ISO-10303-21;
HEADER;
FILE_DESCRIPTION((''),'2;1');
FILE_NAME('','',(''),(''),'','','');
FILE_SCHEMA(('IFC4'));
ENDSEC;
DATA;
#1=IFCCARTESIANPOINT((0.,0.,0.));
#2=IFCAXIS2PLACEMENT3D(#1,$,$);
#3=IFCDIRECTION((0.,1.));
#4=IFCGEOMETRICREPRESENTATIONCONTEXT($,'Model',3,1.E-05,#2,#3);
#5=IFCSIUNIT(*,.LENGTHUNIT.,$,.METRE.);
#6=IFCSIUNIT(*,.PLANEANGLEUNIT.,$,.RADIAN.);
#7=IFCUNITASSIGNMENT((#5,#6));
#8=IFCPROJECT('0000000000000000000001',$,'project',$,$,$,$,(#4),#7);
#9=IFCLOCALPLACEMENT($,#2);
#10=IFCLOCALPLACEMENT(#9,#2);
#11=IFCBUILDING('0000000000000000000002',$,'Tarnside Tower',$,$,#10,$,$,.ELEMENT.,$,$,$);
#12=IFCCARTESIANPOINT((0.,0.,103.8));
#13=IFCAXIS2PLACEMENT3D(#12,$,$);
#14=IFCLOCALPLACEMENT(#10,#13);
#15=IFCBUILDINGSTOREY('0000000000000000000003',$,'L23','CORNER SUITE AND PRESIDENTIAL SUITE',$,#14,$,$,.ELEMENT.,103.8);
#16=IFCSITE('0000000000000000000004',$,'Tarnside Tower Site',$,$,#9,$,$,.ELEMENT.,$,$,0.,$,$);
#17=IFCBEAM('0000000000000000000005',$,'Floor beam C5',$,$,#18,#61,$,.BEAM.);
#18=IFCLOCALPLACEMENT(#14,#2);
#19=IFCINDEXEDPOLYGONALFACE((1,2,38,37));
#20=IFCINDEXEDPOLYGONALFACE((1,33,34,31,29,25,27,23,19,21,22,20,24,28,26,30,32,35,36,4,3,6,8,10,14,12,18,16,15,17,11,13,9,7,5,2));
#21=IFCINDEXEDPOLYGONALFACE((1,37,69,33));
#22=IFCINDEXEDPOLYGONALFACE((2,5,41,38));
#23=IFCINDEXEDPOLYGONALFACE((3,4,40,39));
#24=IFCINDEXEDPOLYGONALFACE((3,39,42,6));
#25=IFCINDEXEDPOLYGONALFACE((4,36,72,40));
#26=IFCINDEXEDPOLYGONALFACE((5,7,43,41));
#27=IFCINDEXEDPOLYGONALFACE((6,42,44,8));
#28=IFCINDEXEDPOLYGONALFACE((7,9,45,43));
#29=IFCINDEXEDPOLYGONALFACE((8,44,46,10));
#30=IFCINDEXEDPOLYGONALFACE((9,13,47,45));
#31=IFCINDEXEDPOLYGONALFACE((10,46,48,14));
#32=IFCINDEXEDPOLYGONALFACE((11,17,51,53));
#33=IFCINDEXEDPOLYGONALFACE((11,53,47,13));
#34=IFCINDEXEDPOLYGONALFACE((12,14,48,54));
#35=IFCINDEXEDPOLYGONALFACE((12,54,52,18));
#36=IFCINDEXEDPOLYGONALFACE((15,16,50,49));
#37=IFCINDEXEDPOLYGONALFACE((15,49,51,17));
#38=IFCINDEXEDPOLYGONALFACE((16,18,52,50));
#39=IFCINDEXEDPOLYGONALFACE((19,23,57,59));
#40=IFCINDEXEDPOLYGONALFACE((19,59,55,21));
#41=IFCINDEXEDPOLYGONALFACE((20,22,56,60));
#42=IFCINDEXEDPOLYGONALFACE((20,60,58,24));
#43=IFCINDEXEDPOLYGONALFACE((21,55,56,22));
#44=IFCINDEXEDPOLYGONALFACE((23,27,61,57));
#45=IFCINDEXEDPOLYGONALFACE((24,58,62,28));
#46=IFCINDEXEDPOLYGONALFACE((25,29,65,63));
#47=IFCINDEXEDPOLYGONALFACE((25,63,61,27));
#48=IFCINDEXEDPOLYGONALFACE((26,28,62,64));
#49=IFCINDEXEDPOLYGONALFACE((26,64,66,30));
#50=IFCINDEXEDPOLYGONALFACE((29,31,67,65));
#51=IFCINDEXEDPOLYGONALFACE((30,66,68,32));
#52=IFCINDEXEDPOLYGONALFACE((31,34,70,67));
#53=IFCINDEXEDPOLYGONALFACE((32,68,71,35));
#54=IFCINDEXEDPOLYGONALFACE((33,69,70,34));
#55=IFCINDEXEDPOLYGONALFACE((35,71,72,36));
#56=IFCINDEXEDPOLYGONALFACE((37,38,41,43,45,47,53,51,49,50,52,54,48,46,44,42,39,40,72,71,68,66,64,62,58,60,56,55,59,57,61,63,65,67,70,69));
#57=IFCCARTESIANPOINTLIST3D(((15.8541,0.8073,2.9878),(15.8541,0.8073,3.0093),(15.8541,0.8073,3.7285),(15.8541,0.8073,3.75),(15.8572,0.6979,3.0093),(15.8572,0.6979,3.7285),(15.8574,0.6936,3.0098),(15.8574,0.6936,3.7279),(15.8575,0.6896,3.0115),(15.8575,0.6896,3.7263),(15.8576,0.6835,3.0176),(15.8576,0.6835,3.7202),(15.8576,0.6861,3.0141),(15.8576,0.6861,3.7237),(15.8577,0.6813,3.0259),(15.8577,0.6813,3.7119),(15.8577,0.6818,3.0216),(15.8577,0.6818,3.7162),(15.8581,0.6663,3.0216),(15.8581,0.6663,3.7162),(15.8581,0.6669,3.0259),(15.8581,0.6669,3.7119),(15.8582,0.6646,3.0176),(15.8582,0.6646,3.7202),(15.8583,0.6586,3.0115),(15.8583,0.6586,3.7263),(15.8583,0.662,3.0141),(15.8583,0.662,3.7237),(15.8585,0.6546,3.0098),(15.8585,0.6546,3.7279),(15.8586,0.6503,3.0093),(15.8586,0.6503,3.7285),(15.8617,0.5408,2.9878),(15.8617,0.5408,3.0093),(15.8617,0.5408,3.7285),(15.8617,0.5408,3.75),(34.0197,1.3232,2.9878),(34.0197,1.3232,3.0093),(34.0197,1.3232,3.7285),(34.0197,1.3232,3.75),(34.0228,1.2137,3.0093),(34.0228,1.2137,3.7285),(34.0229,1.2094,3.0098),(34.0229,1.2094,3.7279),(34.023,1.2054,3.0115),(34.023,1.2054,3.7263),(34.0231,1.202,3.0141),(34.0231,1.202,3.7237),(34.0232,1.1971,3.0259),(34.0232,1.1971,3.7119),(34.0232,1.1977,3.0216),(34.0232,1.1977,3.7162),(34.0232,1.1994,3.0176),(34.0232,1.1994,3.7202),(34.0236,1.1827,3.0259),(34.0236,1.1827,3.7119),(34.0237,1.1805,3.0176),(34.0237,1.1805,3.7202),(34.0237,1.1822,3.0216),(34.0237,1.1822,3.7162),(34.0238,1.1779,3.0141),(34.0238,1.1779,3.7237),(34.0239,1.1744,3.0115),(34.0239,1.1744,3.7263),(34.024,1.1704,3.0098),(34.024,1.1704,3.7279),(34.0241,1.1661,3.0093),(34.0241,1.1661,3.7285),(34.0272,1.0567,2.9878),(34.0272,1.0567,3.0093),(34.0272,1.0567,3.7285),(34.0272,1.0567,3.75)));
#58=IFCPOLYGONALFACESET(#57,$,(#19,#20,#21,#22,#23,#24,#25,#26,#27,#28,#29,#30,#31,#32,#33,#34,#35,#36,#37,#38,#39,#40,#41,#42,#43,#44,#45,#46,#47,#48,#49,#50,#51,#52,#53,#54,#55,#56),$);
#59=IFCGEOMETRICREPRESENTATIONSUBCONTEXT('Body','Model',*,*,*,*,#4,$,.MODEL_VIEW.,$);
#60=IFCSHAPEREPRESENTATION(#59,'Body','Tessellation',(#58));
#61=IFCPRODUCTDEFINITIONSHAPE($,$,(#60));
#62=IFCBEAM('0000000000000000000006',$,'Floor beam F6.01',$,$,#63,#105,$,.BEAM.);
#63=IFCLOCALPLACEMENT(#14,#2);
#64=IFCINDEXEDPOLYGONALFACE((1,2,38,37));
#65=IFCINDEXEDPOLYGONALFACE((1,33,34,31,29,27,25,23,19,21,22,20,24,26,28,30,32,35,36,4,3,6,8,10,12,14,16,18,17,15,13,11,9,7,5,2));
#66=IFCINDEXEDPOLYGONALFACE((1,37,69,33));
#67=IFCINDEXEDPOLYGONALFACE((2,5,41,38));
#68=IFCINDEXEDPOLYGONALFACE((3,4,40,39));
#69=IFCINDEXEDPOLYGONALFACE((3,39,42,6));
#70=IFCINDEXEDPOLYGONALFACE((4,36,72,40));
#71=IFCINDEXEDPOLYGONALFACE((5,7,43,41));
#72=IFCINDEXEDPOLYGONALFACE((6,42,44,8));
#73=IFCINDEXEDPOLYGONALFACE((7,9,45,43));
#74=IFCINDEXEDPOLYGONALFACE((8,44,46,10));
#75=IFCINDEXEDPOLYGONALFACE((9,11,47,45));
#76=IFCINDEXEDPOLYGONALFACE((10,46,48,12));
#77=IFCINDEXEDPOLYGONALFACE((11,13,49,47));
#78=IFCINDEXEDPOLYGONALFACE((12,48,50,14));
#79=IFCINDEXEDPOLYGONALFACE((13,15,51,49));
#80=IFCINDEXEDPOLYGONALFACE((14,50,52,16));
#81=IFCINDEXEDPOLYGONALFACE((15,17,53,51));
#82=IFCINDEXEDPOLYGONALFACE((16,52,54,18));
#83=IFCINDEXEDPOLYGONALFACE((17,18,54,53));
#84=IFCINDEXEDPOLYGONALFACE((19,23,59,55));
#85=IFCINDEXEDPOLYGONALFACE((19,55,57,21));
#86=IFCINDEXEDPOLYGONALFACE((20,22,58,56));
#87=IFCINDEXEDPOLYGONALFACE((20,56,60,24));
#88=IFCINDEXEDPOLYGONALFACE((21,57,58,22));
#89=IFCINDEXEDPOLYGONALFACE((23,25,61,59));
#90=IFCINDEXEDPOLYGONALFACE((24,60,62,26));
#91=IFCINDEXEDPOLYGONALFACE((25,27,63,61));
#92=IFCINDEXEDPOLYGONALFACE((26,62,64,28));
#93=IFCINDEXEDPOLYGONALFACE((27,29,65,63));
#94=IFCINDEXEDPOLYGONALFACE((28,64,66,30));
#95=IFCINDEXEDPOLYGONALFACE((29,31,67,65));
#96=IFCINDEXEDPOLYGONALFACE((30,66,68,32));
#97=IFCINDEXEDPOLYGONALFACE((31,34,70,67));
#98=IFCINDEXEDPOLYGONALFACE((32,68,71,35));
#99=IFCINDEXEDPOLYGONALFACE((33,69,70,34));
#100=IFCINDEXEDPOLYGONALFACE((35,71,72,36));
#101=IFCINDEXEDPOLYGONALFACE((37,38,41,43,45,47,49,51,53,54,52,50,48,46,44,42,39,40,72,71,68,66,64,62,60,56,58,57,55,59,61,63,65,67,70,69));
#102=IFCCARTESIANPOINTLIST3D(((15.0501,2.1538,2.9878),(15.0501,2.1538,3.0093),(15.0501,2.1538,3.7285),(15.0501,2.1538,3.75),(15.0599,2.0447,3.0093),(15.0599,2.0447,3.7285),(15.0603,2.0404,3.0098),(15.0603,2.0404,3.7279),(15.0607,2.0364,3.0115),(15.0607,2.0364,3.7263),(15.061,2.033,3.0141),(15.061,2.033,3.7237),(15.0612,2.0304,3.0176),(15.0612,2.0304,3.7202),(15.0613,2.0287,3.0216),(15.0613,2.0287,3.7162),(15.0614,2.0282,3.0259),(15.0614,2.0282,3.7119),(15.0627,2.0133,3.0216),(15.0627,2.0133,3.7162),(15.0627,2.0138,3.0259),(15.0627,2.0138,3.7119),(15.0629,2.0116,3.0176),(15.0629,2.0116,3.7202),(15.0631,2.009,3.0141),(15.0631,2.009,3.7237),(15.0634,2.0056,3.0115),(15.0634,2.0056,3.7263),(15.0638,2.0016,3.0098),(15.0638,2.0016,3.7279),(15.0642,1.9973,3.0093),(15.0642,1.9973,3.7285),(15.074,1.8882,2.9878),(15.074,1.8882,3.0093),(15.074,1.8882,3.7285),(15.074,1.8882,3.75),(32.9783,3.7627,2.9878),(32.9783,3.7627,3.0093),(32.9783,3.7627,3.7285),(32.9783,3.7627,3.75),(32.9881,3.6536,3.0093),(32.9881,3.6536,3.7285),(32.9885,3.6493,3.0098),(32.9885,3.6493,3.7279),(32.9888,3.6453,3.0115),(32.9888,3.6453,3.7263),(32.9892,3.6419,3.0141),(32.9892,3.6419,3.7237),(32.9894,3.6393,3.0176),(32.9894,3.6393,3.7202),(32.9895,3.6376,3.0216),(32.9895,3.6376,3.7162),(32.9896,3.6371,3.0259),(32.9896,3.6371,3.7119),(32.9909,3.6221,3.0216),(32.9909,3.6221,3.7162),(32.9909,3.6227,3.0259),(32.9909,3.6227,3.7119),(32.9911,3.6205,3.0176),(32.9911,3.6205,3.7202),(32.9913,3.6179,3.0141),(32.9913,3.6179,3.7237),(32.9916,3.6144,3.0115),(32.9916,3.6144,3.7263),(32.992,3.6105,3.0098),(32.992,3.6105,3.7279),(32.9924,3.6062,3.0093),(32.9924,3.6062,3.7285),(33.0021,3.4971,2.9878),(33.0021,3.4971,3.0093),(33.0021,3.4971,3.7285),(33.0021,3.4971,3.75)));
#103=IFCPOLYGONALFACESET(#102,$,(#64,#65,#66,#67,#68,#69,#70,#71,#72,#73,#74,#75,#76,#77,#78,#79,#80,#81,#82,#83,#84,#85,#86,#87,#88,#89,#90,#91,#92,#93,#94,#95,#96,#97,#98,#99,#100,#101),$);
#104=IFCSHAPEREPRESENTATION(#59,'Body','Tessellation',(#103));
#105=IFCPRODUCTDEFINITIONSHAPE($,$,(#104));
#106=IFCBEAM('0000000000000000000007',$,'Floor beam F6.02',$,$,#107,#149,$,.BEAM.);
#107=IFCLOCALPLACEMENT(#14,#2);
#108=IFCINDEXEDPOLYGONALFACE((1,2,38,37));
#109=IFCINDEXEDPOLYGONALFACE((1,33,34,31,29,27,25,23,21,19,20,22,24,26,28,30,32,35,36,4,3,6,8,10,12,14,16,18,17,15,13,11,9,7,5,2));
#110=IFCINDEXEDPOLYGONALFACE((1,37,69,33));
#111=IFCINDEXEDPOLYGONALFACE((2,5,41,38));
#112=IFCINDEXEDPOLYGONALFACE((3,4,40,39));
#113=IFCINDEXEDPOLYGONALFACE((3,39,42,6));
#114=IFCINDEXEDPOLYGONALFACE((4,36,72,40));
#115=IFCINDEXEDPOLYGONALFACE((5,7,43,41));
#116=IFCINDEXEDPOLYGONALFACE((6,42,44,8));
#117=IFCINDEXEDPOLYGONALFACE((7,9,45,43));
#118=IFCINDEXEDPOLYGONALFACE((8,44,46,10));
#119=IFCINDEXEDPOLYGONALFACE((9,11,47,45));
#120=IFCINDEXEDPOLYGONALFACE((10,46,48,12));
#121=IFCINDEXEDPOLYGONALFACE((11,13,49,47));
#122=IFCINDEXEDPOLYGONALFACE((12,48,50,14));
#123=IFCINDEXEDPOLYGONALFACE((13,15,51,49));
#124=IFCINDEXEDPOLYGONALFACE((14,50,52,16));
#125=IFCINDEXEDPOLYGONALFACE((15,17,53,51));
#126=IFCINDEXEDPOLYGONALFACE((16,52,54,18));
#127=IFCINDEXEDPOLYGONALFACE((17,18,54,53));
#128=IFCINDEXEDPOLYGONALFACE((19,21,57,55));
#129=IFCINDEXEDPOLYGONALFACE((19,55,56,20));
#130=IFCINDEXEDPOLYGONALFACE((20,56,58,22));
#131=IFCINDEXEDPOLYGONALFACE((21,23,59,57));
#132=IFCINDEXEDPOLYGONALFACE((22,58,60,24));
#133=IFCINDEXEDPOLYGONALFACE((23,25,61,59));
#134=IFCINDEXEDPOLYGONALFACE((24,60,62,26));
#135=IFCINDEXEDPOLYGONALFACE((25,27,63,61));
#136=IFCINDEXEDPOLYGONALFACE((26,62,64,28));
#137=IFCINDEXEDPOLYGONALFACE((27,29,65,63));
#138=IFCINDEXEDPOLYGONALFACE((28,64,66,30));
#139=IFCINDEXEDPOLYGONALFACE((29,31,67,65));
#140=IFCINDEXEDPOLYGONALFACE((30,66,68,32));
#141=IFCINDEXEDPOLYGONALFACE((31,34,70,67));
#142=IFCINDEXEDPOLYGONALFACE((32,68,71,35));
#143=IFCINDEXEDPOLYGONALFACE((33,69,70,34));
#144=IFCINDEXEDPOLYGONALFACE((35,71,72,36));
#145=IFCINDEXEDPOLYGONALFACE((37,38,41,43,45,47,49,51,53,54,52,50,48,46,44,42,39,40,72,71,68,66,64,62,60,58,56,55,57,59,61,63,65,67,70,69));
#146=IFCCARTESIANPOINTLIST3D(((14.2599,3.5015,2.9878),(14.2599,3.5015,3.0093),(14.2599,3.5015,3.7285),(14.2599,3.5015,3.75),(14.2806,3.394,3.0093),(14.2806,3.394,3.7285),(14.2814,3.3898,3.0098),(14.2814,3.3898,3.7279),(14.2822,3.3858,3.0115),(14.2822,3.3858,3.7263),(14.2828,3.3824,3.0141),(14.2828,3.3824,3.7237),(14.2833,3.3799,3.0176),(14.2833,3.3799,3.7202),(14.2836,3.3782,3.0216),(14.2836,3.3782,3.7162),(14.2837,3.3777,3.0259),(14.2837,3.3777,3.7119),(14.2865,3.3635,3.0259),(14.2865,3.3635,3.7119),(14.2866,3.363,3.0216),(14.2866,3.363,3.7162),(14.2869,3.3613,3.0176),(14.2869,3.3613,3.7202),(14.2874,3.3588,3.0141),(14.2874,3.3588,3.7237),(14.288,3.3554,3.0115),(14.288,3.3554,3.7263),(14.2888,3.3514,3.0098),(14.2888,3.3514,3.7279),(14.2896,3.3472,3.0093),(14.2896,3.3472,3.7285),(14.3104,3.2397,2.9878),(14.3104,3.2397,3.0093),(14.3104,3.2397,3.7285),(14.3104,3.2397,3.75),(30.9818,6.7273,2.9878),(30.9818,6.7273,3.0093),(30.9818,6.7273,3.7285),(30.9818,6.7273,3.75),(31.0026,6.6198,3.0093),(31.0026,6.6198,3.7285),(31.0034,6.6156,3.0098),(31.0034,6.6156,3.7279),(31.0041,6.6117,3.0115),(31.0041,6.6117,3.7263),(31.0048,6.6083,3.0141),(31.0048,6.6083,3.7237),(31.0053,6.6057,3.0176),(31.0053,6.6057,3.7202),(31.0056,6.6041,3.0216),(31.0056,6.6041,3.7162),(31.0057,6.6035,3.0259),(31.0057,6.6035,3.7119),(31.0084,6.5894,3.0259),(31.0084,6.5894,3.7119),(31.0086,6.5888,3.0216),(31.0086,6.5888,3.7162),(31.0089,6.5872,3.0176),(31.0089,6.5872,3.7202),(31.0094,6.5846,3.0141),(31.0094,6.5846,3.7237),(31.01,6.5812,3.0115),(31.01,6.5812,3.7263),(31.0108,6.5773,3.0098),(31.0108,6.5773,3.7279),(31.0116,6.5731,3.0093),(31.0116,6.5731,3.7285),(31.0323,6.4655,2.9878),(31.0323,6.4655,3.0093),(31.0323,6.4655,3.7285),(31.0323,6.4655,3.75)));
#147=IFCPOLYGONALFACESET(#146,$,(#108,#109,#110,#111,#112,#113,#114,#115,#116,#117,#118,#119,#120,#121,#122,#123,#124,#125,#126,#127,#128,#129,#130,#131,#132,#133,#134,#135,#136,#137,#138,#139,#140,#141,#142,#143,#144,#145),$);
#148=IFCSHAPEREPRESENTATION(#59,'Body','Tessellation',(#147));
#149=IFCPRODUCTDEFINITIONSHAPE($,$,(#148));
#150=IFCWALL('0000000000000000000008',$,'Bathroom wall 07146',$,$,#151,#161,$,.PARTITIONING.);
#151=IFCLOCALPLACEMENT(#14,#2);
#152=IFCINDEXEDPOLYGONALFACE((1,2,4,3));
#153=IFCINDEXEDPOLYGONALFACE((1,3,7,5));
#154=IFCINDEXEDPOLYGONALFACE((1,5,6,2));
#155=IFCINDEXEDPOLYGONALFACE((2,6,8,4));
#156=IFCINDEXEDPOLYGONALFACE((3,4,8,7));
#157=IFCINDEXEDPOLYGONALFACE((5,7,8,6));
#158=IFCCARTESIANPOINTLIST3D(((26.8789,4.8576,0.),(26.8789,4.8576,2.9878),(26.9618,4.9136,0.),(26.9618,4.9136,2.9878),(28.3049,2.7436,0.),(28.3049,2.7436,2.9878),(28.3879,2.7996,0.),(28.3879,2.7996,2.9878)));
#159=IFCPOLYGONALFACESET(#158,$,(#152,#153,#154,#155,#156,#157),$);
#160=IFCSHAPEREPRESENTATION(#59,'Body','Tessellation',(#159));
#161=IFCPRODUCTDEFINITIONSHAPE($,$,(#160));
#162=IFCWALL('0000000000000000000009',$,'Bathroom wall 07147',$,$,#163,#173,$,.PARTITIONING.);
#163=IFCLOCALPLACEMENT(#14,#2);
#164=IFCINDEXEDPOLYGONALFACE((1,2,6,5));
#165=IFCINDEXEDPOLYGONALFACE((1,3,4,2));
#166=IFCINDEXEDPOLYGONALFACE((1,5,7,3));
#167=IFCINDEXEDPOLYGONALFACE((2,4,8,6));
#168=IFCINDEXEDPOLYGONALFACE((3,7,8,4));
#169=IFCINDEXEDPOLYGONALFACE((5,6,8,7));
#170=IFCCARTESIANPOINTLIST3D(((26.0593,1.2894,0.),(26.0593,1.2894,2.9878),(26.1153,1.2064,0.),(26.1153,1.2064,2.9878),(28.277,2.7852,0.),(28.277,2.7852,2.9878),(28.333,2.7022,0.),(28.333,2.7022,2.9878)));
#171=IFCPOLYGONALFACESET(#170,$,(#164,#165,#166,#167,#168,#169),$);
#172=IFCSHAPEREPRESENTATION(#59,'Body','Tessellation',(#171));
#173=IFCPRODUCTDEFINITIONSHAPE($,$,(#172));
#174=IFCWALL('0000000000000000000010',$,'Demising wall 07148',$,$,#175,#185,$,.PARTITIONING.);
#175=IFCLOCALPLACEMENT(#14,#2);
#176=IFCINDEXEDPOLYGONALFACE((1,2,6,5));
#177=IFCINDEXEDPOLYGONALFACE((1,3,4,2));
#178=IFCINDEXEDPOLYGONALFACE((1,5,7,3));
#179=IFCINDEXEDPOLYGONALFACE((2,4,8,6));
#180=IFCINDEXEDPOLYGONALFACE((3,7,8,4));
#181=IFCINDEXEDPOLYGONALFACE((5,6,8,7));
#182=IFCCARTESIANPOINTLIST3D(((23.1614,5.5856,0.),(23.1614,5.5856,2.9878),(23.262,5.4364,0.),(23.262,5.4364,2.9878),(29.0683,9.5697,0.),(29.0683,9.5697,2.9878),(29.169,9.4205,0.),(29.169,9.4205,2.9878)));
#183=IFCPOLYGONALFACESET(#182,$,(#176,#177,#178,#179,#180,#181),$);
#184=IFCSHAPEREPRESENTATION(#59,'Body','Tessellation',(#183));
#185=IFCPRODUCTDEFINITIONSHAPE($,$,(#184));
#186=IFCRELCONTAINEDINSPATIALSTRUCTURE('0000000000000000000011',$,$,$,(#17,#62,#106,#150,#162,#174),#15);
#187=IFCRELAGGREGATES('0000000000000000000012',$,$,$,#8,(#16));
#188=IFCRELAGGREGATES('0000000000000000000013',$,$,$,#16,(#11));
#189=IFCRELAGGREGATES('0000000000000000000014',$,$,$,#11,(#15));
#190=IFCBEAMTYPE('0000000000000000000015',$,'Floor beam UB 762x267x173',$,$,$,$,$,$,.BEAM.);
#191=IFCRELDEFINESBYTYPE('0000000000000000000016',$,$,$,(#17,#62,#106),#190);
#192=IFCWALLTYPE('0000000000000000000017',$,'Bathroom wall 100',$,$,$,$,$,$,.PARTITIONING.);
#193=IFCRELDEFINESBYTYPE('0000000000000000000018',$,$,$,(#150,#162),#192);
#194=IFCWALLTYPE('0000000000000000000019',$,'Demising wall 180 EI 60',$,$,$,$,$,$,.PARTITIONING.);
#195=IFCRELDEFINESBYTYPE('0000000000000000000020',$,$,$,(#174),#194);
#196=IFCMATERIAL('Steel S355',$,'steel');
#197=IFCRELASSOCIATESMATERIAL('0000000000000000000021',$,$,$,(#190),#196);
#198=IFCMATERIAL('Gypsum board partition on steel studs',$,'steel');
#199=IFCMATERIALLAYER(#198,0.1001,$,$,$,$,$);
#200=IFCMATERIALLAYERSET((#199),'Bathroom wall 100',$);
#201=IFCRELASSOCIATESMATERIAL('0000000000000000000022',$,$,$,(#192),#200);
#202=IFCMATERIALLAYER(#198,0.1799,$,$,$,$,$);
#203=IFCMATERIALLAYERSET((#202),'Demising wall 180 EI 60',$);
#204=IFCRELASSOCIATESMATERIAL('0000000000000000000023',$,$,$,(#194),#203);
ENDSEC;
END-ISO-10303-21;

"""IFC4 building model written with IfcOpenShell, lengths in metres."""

from ifc_helpers import new_model, si_unit, direction, frame, frame_2d, origin, origin_2d, place, context, subcontext, project, spatial, rectangle, i_section, extrude, material, layer, layer_set, material_profile, profile_set, type_object, element, save


model = new_model("IFC4")

# Units and contexts
model_context = context("Model", 3, precision=1e-05, world=origin(), true_north=direction((0.0, 1.0)))
body_context = subcontext(model_context, "Body", "Model", "MODEL_VIEW")
ifc_project = project(units=[si_unit("LENGTHUNIT", "METRE"), si_unit("PLANEANGLEUNIT", "RADIAN")], contexts=[model_context])

# Site, building, storey
site_placement = place(None, origin())
site = spatial("IfcSite", under=ifc_project, at=site_placement, Name="Tarnside Tower Site", CompositionType="ELEMENT", RefElevation=0.0)
building_placement = place(site_placement, origin())
building = spatial("IfcBuilding", under=site, at=building_placement, Name="Tarnside Tower", CompositionType="ELEMENT")
storey_placement = place(building_placement, frame((0.0, 0.0, 103.8)))
storey = spatial("IfcBuildingStorey", under=building, at=storey_placement, Name="L23", Description="CORNER SUITE AND PRESIDENTIAL SUITE", CompositionType="ELEMENT", Elevation=103.8)

# Beams
ifc_material_1 = material(Name="Steel S355", Category="steel")
ifc_material_profile = material_profile(ifc_material_1, i_section(OverallWidth=0.2666, OverallDepth=0.7622, WebThickness=0.0144, FlangeThickness=0.0215, FilletRadius=0.0166, at=origin_2d()), Name="UB 762x267x173")
ifc_profile_set = profile_set([ifc_material_profile], Name="Steel S355")
beam_type = type_object("IfcBeamType", Name="Floor beam UB 762x267x173", PredefinedType="BEAM", material=ifc_profile_set)
beam_1_placement = place(storey_placement, frame((34.0234, 1.1899, 3.3689), z_axis=(-0.999597, -0.028387, 0.0), x_axis=(0.028387, -0.999597, 0.0)))
element("IfcBeam", 1, at=beam_1_placement, inside=storey, type_object=beam_type, Name="Floor beam C5", PredefinedType="BEAM", context=body_context, shape_type="SweptSolid", body=[
    extrude(i_section(OverallWidth=0.2666, OverallDepth=0.7622, WebThickness=0.0144, FlangeThickness=0.0215, FilletRadius=0.0166, at=origin_2d()), origin(), (0.0, 0.0, 1.0), 18.1729),
])
beam_2_placement = place(storey_placement, frame((32.9902, 3.6299, 3.3689), z_axis=(-0.995997, -0.089381, 0.0), x_axis=(0.089381, -0.995997, 0.0)))
element("IfcBeam", 2, at=beam_2_placement, inside=storey, type_object=beam_type, Name="Floor beam F6.01", PredefinedType="BEAM", context=body_context, shape_type="SweptSolid", body=[
    extrude(i_section(OverallWidth=0.2666, OverallDepth=0.7622, WebThickness=0.0144, FlangeThickness=0.0215, FilletRadius=0.0166, at=origin_2d()), origin(), (0.0, 0.0, 1.0), 18.0002),
])
beam_3_placement = place(storey_placement, frame((31.0071, 6.5964, 3.3689), z_axis=(-0.981897, -0.189418, 0.0), x_axis=(0.189418, -0.981897, 0.0)))
element("IfcBeam", 3, at=beam_3_placement, inside=storey, type_object=beam_type, Name="Floor beam F6.02", PredefinedType="BEAM", context=body_context, shape_type="SweptSolid", body=[
    extrude(i_section(OverallWidth=0.2666, OverallDepth=0.7622, WebThickness=0.0144, FlangeThickness=0.0215, FilletRadius=0.0166, at=origin_2d()), origin(), (0.0, 0.0, 1.0), 17.0303),
])

# Walls
ifc_material_2 = material(Name="Gypsum board partition on steel studs", Category="steel")
ifc_layer_1 = layer(ifc_material_2, 0.1001)
ifc_layer_set_1 = layer_set([ifc_layer_1], Name="Bathroom wall 100")
wall_type_1 = type_object("IfcWallType", Name="Bathroom wall 100", PredefinedType="PARTITIONING", material=ifc_layer_set_1)
wall_1_placement = place(storey_placement, frame((26.9204, 4.8855, 0.0), z_axis=(0.0, 0.0, 1.0), x_axis=(0.559221, -0.829018, 0.0)))
element("IfcWall", 4, at=wall_1_placement, inside=storey, type_object=wall_type_1, Name="Bathroom wall 07146", PredefinedType="PARTITIONING", context=body_context, shape_type="SweptSolid", body=[
    extrude(rectangle(XDim=2.55, YDim=0.1001, at=frame_2d((1.2749, 0.0))), origin(), (0.0, 0.0, 1.0), 2.9878),
])
wall_2_placement = place(storey_placement, frame((28.3049, 2.7437, 0.0), z_axis=(0.0, 0.0, 1.0), x_axis=(-0.829048, -0.559178, 0.0)))
element("IfcWall", 5, at=wall_2_placement, inside=storey, type_object=wall_type_1, Name="Bathroom wall 07147", PredefinedType="PARTITIONING", context=body_context, shape_type="SweptSolid", body=[
    extrude(rectangle(XDim=2.675, YDim=0.1001, at=frame_2d((1.3374, 0.0))), origin(), (0.0, 0.0, 1.0), 2.9878),
])
ifc_layer_2 = layer(ifc_material_2, 0.1799)
ifc_layer_set_2 = layer_set([ifc_layer_2], Name="Demising wall 180 EI 60")
wall_type_2 = type_object("IfcWallType", Name="Demising wall 180 EI 60", PredefinedType="PARTITIONING", material=ifc_layer_set_2)
wall_3_placement = place(storey_placement, frame((29.1187, 9.4951, 0.0), z_axis=(0.0, 0.0, 1.0), x_axis=(-0.829049, -0.559176, 0.0)))
element("IfcWall", 6, at=wall_3_placement, inside=storey, type_object=wall_type_2, Name="Demising wall 07148", PredefinedType="PARTITIONING", context=body_context, shape_type="SweptSolid", body=[
    extrude(rectangle(XDim=7.125, YDim=0.1799, at=frame_2d((3.5625, 0.0))), origin(), (0.0, 0.0, 1.0), 2.9878),
])

save(model, "model.ifc")
